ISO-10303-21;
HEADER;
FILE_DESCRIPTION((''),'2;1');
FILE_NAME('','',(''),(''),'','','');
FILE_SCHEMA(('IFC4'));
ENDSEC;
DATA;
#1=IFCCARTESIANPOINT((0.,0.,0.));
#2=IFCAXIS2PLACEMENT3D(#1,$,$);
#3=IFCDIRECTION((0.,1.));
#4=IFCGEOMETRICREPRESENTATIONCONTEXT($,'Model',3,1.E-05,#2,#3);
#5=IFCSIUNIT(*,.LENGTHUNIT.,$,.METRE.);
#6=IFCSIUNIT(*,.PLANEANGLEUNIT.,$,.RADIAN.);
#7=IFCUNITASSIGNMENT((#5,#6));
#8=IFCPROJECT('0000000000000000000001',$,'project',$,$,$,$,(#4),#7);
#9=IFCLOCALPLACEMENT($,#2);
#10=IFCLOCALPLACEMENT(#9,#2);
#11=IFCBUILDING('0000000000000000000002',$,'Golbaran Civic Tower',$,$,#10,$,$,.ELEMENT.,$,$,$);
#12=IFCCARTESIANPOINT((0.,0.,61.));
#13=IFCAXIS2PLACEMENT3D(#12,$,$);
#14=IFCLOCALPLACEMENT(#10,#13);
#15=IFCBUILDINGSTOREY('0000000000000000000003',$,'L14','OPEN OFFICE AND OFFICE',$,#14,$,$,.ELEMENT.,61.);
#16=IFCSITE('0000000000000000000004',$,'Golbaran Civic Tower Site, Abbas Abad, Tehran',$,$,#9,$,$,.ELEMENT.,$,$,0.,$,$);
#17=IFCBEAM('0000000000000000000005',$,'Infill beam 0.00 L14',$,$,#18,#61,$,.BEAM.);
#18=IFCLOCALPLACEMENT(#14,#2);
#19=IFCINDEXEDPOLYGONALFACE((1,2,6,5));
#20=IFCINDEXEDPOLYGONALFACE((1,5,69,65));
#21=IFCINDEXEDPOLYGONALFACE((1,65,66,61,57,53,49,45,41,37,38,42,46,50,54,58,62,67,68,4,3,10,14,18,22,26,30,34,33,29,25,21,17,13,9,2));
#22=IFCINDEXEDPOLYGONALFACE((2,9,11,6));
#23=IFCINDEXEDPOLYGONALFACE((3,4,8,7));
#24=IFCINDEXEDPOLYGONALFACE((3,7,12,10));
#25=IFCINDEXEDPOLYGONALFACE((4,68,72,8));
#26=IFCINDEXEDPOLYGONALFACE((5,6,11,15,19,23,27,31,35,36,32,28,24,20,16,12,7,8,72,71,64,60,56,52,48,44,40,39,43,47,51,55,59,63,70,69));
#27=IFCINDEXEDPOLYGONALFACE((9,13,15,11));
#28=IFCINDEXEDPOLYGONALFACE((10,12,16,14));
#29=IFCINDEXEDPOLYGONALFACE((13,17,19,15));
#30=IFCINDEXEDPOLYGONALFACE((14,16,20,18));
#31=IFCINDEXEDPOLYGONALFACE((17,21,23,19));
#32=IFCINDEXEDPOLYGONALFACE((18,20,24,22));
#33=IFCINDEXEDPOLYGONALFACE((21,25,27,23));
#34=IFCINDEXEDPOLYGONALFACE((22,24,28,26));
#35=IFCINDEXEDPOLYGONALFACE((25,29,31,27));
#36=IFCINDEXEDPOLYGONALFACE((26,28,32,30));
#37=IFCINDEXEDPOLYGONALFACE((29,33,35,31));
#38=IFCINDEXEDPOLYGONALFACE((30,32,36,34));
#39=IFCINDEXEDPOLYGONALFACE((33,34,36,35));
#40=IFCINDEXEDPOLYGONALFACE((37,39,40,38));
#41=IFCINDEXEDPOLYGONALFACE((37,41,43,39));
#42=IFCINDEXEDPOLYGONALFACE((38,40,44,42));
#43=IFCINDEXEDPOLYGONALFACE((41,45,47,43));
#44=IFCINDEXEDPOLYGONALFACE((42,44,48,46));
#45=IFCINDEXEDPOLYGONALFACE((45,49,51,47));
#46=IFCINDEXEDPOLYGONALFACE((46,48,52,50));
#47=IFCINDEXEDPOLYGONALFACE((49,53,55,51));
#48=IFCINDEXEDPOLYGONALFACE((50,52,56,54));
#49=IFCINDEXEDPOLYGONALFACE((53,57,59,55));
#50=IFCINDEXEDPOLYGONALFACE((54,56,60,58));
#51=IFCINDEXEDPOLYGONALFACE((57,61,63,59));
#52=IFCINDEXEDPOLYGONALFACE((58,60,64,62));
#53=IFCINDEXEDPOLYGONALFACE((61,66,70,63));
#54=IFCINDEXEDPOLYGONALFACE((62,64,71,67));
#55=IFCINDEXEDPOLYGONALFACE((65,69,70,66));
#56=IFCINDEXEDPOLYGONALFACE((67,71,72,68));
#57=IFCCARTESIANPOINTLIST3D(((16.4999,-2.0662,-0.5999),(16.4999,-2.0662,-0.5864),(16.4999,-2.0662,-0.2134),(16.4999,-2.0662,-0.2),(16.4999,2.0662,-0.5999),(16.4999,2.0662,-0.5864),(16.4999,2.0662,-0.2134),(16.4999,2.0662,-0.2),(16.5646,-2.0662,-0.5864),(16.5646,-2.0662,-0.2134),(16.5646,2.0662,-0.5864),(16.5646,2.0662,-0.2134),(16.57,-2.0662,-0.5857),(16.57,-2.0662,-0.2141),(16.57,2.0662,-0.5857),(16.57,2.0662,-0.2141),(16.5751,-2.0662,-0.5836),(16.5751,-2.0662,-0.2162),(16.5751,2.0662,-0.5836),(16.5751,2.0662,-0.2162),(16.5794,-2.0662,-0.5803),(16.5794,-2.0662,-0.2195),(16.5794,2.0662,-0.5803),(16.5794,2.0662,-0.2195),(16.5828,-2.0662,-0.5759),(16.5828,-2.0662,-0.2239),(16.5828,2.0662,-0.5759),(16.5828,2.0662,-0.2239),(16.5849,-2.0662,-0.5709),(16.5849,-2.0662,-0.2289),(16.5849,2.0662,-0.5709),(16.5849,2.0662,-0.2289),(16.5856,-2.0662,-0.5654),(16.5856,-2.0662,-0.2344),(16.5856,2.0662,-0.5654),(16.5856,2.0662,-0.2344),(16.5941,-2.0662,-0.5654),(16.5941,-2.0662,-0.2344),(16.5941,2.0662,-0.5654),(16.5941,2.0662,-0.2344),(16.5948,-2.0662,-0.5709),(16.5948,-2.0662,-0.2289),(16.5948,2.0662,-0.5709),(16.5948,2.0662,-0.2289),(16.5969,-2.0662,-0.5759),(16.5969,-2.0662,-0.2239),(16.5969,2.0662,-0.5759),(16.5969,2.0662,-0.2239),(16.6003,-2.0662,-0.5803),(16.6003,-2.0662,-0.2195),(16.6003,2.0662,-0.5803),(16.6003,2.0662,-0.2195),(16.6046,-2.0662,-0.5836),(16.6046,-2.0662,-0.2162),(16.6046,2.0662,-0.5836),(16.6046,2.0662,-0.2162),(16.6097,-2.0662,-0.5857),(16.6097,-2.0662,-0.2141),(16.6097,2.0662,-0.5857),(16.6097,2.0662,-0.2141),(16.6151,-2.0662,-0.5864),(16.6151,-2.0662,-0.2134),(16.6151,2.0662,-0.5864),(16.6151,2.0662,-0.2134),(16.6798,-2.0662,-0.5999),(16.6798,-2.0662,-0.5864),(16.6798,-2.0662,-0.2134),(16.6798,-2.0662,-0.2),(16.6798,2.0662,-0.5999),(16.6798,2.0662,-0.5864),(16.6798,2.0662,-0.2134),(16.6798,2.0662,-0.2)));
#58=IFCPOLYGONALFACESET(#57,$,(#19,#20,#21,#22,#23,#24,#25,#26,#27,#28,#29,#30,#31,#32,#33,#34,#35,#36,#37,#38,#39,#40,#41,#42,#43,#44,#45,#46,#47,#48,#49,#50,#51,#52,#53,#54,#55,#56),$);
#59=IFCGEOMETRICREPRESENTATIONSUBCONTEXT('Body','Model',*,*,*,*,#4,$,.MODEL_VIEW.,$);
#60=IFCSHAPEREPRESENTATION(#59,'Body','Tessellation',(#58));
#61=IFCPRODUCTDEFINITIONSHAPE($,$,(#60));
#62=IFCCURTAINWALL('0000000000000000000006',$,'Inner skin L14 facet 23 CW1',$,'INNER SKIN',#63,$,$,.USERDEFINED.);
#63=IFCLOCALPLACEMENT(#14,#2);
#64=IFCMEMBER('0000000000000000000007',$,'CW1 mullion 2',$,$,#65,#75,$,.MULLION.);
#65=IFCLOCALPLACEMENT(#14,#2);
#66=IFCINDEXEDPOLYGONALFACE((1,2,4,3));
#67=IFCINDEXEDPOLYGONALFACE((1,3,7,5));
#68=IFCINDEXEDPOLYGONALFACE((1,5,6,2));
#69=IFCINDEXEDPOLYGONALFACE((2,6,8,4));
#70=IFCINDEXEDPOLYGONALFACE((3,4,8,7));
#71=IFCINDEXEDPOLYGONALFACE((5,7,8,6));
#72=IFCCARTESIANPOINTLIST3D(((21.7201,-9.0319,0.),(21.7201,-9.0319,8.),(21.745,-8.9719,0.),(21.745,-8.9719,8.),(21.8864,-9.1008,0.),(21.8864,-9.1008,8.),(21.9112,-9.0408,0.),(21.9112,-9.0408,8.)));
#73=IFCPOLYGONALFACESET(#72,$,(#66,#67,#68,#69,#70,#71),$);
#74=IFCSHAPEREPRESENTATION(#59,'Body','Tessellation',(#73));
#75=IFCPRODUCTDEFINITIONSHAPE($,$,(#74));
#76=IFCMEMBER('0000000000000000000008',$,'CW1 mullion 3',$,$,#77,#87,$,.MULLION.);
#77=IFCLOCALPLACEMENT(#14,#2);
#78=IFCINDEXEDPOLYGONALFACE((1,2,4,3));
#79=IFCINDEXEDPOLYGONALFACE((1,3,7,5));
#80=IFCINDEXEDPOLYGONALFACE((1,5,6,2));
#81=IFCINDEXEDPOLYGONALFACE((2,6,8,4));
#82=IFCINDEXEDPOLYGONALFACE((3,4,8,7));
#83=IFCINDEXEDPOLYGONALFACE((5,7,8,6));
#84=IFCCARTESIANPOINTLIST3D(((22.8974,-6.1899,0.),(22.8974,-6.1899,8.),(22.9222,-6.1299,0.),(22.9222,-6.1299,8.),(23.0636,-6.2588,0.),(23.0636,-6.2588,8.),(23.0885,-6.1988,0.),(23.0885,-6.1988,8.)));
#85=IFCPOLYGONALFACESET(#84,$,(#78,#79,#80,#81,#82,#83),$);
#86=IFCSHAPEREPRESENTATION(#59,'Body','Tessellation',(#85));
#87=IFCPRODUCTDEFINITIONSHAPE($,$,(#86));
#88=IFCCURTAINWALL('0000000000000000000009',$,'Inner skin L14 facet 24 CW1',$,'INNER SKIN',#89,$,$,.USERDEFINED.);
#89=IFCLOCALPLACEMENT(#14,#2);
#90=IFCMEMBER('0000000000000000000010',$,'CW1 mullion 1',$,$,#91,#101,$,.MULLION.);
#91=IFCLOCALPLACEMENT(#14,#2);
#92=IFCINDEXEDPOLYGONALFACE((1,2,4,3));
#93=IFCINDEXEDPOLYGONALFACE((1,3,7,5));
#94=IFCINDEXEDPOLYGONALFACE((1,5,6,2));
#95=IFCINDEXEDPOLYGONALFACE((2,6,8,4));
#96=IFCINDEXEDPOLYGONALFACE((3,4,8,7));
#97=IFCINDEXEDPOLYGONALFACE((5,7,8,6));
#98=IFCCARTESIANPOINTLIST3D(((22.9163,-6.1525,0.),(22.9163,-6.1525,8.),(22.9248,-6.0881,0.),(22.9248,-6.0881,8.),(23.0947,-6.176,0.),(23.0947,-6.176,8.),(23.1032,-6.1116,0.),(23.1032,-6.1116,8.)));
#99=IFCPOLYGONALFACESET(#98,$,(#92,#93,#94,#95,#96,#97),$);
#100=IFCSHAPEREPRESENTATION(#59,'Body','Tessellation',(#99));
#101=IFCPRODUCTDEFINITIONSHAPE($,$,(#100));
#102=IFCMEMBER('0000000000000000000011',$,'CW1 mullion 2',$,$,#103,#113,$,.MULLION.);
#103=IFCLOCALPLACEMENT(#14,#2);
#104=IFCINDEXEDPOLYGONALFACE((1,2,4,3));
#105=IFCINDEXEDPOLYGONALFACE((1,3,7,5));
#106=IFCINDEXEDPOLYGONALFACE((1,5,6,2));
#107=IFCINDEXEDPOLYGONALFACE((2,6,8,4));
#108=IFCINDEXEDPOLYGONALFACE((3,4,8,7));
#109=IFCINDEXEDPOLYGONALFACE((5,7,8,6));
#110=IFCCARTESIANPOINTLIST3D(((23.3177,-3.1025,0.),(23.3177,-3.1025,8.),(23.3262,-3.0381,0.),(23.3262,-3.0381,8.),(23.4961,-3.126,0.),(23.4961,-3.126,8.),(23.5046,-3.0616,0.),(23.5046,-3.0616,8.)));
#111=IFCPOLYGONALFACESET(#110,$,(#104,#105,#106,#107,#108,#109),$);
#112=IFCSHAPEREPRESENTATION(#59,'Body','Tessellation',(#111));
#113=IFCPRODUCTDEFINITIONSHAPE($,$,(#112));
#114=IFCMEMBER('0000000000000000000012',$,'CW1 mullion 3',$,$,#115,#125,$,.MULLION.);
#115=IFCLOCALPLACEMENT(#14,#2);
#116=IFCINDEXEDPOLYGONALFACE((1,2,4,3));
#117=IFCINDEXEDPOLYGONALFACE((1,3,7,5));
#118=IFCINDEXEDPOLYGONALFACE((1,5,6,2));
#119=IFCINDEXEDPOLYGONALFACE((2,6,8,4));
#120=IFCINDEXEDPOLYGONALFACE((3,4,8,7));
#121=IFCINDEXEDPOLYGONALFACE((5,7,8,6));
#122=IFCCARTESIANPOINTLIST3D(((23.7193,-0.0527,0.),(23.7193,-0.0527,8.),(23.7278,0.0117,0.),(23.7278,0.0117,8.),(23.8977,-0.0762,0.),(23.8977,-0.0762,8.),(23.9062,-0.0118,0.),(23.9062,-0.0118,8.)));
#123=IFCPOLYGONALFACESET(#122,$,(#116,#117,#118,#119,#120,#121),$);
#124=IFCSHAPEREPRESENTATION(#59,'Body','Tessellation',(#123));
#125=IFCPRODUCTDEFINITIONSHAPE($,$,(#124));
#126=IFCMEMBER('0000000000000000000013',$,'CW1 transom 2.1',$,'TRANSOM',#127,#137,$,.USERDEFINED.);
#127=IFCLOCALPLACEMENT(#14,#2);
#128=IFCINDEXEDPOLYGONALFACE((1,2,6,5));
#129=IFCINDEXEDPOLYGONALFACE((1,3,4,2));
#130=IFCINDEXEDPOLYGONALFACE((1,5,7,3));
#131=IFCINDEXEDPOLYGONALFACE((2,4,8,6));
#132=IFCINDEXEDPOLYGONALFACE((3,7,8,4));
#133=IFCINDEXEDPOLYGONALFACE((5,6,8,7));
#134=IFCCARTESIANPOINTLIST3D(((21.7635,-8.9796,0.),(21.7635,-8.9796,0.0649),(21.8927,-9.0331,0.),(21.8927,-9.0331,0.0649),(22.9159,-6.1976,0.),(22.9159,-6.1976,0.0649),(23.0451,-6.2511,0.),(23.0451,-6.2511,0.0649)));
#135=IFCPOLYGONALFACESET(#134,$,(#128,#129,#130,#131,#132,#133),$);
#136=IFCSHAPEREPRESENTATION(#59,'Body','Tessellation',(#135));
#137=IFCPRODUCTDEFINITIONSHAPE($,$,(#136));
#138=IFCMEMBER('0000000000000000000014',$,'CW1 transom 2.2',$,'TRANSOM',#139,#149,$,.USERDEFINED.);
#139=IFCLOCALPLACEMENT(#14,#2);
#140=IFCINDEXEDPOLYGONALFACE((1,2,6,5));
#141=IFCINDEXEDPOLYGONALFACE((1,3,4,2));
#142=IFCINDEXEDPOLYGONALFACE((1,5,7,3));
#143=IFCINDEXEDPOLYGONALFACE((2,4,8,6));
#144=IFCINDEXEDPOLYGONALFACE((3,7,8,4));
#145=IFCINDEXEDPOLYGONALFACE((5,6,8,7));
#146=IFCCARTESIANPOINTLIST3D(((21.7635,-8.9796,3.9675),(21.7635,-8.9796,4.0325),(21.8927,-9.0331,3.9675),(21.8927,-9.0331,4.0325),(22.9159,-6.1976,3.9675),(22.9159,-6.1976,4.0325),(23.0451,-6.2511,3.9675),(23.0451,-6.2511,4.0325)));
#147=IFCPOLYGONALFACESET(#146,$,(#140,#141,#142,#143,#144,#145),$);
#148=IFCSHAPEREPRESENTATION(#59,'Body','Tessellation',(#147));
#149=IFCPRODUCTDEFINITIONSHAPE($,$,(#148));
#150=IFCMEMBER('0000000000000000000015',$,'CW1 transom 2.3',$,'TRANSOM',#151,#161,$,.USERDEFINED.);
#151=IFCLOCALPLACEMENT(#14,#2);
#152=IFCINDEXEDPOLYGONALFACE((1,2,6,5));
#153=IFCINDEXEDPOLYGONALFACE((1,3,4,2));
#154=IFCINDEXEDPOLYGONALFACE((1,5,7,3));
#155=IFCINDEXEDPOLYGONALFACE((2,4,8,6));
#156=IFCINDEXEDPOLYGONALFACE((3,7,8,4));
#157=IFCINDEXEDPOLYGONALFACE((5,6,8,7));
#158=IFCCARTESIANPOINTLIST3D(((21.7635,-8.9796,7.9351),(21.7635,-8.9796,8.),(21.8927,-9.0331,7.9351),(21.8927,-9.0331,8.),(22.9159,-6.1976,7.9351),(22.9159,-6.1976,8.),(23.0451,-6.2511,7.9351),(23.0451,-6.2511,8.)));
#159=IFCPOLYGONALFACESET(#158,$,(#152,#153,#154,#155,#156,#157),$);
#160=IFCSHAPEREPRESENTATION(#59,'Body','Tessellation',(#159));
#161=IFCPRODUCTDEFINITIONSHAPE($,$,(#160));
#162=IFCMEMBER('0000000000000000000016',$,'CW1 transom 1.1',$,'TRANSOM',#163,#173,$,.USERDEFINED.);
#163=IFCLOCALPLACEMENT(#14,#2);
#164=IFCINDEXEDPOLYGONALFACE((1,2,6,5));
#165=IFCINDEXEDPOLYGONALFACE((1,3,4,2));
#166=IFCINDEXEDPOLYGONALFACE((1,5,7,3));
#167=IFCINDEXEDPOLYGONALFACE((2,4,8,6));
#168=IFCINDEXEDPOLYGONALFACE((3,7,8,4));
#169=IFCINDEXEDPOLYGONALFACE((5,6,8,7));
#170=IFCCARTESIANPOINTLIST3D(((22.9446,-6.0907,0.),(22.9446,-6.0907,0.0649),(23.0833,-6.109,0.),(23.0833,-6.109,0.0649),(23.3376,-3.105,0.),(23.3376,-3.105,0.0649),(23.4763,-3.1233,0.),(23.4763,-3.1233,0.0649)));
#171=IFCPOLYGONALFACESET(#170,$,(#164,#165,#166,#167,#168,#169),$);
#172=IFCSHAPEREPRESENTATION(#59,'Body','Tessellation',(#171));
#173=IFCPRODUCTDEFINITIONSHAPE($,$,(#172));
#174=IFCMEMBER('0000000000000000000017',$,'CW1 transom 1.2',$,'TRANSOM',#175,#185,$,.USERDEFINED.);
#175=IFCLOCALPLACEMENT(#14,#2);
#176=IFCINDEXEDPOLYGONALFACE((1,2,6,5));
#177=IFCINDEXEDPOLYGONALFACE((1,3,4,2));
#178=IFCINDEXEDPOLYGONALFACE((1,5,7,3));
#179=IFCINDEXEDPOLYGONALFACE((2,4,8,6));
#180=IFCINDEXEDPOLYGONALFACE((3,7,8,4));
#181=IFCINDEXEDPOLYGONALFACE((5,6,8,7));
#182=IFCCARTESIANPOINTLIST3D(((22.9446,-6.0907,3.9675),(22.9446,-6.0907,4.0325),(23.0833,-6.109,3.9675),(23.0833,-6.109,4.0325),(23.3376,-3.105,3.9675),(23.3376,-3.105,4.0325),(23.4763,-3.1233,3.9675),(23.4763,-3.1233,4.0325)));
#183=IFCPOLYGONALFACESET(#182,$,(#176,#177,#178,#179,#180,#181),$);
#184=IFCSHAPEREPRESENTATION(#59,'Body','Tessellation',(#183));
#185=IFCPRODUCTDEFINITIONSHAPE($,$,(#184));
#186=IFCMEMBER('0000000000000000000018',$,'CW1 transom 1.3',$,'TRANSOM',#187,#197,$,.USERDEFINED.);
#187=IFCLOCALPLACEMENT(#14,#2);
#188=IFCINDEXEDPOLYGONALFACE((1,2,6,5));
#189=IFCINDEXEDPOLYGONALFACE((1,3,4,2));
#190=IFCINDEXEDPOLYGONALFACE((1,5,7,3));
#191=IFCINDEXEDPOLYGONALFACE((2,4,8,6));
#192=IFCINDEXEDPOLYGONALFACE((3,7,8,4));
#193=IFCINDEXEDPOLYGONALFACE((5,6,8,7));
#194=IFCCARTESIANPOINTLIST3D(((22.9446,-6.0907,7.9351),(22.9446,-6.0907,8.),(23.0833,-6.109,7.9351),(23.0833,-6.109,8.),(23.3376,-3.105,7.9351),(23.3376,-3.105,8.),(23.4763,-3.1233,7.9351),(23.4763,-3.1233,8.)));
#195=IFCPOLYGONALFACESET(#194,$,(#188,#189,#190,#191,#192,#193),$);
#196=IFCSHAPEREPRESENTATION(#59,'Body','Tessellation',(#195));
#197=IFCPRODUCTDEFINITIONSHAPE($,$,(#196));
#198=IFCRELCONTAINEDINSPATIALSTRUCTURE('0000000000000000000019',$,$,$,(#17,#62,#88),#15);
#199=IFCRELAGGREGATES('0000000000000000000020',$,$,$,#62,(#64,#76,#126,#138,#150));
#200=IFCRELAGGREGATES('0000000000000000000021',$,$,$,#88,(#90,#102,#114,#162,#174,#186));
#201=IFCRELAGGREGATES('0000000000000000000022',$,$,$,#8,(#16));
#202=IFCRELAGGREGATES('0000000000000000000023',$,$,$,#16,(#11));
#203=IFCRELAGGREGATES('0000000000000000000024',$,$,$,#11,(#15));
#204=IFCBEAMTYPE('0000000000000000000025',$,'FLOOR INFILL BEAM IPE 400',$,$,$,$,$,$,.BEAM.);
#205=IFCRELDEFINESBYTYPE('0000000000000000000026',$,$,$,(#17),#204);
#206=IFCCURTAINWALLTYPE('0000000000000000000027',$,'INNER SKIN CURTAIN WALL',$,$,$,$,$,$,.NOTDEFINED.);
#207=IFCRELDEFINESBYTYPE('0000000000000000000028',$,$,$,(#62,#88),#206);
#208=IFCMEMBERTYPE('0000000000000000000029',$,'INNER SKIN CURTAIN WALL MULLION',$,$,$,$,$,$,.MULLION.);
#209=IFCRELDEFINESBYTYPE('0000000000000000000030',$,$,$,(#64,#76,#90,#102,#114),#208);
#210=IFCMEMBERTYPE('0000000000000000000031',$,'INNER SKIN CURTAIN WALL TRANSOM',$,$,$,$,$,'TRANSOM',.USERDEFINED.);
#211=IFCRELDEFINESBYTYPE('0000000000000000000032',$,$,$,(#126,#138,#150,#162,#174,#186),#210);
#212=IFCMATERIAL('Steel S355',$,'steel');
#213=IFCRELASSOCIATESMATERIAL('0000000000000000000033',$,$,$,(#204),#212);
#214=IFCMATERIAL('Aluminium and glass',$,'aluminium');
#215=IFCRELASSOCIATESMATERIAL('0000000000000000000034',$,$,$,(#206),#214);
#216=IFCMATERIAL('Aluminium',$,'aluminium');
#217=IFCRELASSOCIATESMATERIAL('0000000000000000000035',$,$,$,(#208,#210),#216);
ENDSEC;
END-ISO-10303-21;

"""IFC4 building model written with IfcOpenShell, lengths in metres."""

from ifc_helpers import new_model, si_unit, direction, frame, origin, origin_2d, place, context, subcontext, project, spatial, rectangle, i_section, extrude, material, material_profile, profile_set, type_object, element, aggregate, save


model = new_model("IFC4")

# Units and contexts
model_context = context("Model", 3, precision=1e-05, world=origin(), true_north=direction((0.0, 1.0)))
body_context = subcontext(model_context, "Body", "Model", "MODEL_VIEW")
ifc_project = project(units=[si_unit("LENGTHUNIT", "METRE"), si_unit("PLANEANGLEUNIT", "RADIAN")], contexts=[model_context])

# Site, building, storey
site_placement = place(None, origin())
site = spatial("IfcSite", under=ifc_project, at=site_placement, Name="Golbaran Civic Tower Site, Abbas Abad, Tehran", CompositionType="ELEMENT", RefElevation=0.0)
building_placement = place(site_placement, origin())
building = spatial("IfcBuilding", under=site, at=building_placement, Name="Golbaran Civic Tower", CompositionType="ELEMENT")
storey_placement = place(building_placement, frame((0.0, 0.0, 61.0)))
storey = spatial("IfcBuildingStorey", under=building, at=storey_placement, Name="L14", Description="OPEN OFFICE AND OFFICE", CompositionType="ELEMENT", Elevation=61.0)

# Beam
ifc_material_1 = material(Name="Steel S355", Category="steel")
ifc_material_profile_1 = material_profile(ifc_material_1, i_section(OverallWidth=0.1799, OverallDepth=0.3999, WebThickness=0.0085, FlangeThickness=0.0134, FilletRadius=0.021, at=origin_2d()), Name="IPE 400")
ifc_profile_set_1 = profile_set([ifc_material_profile_1], Name="Steel S355")
beam_type_1 = type_object("IfcBeamType", Name="FLOOR INFILL BEAM IPE 400", PredefinedType="BEAM", material=ifc_profile_set_1)
beam_1_placement = place(storey_placement, frame((16.5898, -2.0662, -0.3999), z_axis=(0.0, 1.0, 0.0), x_axis=(-1.0, 0.0, 0.0)))
element("IfcBeam", 1, at=beam_1_placement, inside=storey, type_object=beam_type_1, Name="Infill beam 0.00 L14", PredefinedType="BEAM", context=body_context, shape_type="SweptSolid", body=[
    extrude(i_section(OverallWidth=0.1799, OverallDepth=0.3999, WebThickness=0.0085, FlangeThickness=0.0134, FilletRadius=0.021, at=origin_2d()), origin(), (0.0, 0.0, 1.0), 4.1323),
])

# Curtain walls, members
ifc_material_2 = material(Name="Aluminium and glass", Category="aluminium")
curtain_wall_type = type_object("IfcCurtainWallType", Name="INNER SKIN CURTAIN WALL", PredefinedType="NOTDEFINED", material=ifc_material_2)
curtain_wall_1_placement = place(storey_placement, origin())
curtain_wall_1 = element("IfcCurtainWall", 2, at=curtain_wall_1_placement, inside=storey, type_object=curtain_wall_type, Name="Inner skin L14 facet 23 CW1", ObjectType="INNER SKIN", PredefinedType="USERDEFINED")
ifc_material_3 = material(Name="Aluminium", Category="aluminium")
ifc_material_profile_2 = material_profile(ifc_material_3, rectangle(XDim=0.1799, YDim=0.0649, at=origin_2d()), Name="INNER SKIN CURTAIN WALL MULLION")
ifc_profile_set_2 = profile_set([ifc_material_profile_2], Name="Aluminium")
member_type_1 = type_object("IfcMemberType", Name="INNER SKIN CURTAIN WALL MULLION", PredefinedType="MULLION", material=ifc_profile_set_2)
member_1_placement = place(storey_placement, frame((21.8157, -9.0364, 0.0), z_axis=(0.0, 0.0, 1.0), x_axis=(-0.92388, 0.382683, 0.0)))
member_1 = element("IfcMember", 3, at=member_1_placement, type_object=member_type_1, Name="CW1 mullion 2", PredefinedType="MULLION", context=body_context, shape_type="SweptSolid", body=[
    extrude(rectangle(XDim=0.1799, YDim=0.0649, at=origin_2d()), origin(), (0.0, 0.0, 1.0), 8.0),
])
member_2_placement = place(storey_placement, frame((22.9929, -6.1943, 0.0), z_axis=(0.0, 0.0, 1.0), x_axis=(-0.92388, 0.382683, 0.0)))
member_2 = element("IfcMember", 4, at=member_2_placement, type_object=member_type_1, Name="CW1 mullion 3", PredefinedType="MULLION", context=body_context, shape_type="SweptSolid", body=[
    extrude(rectangle(XDim=0.1799, YDim=0.0649, at=origin_2d()), origin(), (0.0, 0.0, 1.0), 8.0),
])
curtain_wall_2_placement = place(storey_placement, origin())
curtain_wall_2 = element("IfcCurtainWall", 5, at=curtain_wall_2_placement, inside=storey, type_object=curtain_wall_type, Name="Inner skin L14 facet 24 CW1", ObjectType="INNER SKIN", PredefinedType="USERDEFINED")
member_3_placement = place(storey_placement, frame((23.0098, -6.1321, 0.0), z_axis=(0.0, 0.0, 1.0), x_axis=(-0.991445, 0.130526, 0.0)))
member_3 = element("IfcMember", 6, at=member_3_placement, type_object=member_type_1, Name="CW1 mullion 1", PredefinedType="MULLION", context=body_context, shape_type="SweptSolid", body=[
    extrude(rectangle(XDim=0.1799, YDim=0.0649, at=origin_2d()), origin(), (0.0, 0.0, 1.0), 8.0),
])
member_4_placement = place(storey_placement, frame((23.4111, -3.082, 0.0), z_axis=(0.0, 0.0, 1.0), x_axis=(-0.991445, 0.130526, 0.0)))
member_4 = element("IfcMember", 7, at=member_4_placement, type_object=member_type_1, Name="CW1 mullion 2", PredefinedType="MULLION", context=body_context, shape_type="SweptSolid", body=[
    extrude(rectangle(XDim=0.1799, YDim=0.0649, at=origin_2d()), origin(), (0.0, 0.0, 1.0), 8.0),
])
member_5_placement = place(storey_placement, frame((23.8127, -0.0322, 0.0), z_axis=(0.0, 0.0, 1.0), x_axis=(-0.991445, 0.130526, 0.0)))
member_5 = element("IfcMember", 8, at=member_5_placement, type_object=member_type_1, Name="CW1 mullion 3", PredefinedType="MULLION", context=body_context, shape_type="SweptSolid", body=[
    extrude(rectangle(XDim=0.1799, YDim=0.0649, at=origin_2d()), origin(), (0.0, 0.0, 1.0), 8.0),
])

# Members
ifc_material_profile_3 = material_profile(ifc_material_3, rectangle(XDim=0.1399, YDim=0.0649, at=origin_2d()), Name="INNER SKIN CURTAIN WALL TRANSOM")
ifc_profile_set_3 = profile_set([ifc_material_profile_3], Name="Aluminium")
member_type_2 = type_object("IfcMemberType", Name="INNER SKIN CURTAIN WALL TRANSOM", ElementType="TRANSOM", PredefinedType="USERDEFINED", material=ifc_profile_set_3)
member_6_placement = place(storey_placement, frame((21.8281, -9.0063, 0.0325), z_axis=(0.382686, 0.923878, 0.0), x_axis=(-0.923878, 0.382686, 0.0)))
member_6 = element("IfcMember", 9, at=member_6_placement, type_object=member_type_2, Name="CW1 transom 2.1", ObjectType="TRANSOM", PredefinedType="USERDEFINED", context=body_context, shape_type="SweptSolid", body=[
    extrude(rectangle(XDim=0.1399, YDim=0.0649, at=origin_2d()), origin(), (0.0, 0.0, 1.0), 3.0112),
])
member_7_placement = place(storey_placement, frame((21.8281, -9.0063, 4.0), z_axis=(0.382686, 0.923878, 0.0), x_axis=(-0.923878, 0.382686, 0.0)))
member_7 = element("IfcMember", 10, at=member_7_placement, type_object=member_type_2, Name="CW1 transom 2.2", ObjectType="TRANSOM", PredefinedType="USERDEFINED", context=body_context, shape_type="SweptSolid", body=[
    extrude(rectangle(XDim=0.1399, YDim=0.0649, at=origin_2d()), origin(), (0.0, 0.0, 1.0), 3.0112),
])
member_8_placement = place(storey_placement, frame((21.8281, -9.0063, 7.9675), z_axis=(0.382686, 0.923878, 0.0), x_axis=(-0.923878, 0.382686, 0.0)))
member_8 = element("IfcMember", 11, at=member_8_placement, type_object=member_type_2, Name="CW1 transom 2.3", ObjectType="TRANSOM", PredefinedType="USERDEFINED", context=body_context, shape_type="SweptSolid", body=[
    extrude(rectangle(XDim=0.1399, YDim=0.0649, at=origin_2d()), origin(), (0.0, 0.0, 1.0), 3.0112),
])
member_9_placement = place(storey_placement, frame((23.0139, -6.0999, 0.0325), z_axis=(0.130528, 0.991445, 0.0), x_axis=(-0.991445, 0.130528, 0.0)))
member_9 = element("IfcMember", 12, at=member_9_placement, type_object=member_type_2, Name="CW1 transom 1.1", ObjectType="TRANSOM", PredefinedType="USERDEFINED", context=body_context, shape_type="SweptSolid", body=[
    extrude(rectangle(XDim=0.1399, YDim=0.0649, at=origin_2d()), origin(), (0.0, 0.0, 1.0), 3.0115),
])
member_10_placement = place(storey_placement, frame((23.0139, -6.0999, 4.0), z_axis=(0.130528, 0.991445, 0.0), x_axis=(-0.991445, 0.130528, 0.0)))
member_10 = element("IfcMember", 13, at=member_10_placement, type_object=member_type_2, Name="CW1 transom 1.2", ObjectType="TRANSOM", PredefinedType="USERDEFINED", context=body_context, shape_type="SweptSolid", body=[
    extrude(rectangle(XDim=0.1399, YDim=0.0649, at=origin_2d()), origin(), (0.0, 0.0, 1.0), 3.0115),
])
member_11_placement = place(storey_placement, frame((23.0139, -6.0999, 7.9675), z_axis=(0.130528, 0.991445, 0.0), x_axis=(-0.991445, 0.130528, 0.0)))
member_11 = element("IfcMember", 14, at=member_11_placement, type_object=member_type_2, Name="CW1 transom 1.3", ObjectType="TRANSOM", PredefinedType="USERDEFINED", context=body_context, shape_type="SweptSolid", body=[
    extrude(rectangle(XDim=0.1399, YDim=0.0649, at=origin_2d()), origin(), (0.0, 0.0, 1.0), 3.0115),
])

aggregate(curtain_wall_1, [member_1, member_2, member_6, member_7, member_8])
aggregate(curtain_wall_2, [member_3, member_4, member_5, member_9, member_10, member_11])

save(model, "model.ifc")
